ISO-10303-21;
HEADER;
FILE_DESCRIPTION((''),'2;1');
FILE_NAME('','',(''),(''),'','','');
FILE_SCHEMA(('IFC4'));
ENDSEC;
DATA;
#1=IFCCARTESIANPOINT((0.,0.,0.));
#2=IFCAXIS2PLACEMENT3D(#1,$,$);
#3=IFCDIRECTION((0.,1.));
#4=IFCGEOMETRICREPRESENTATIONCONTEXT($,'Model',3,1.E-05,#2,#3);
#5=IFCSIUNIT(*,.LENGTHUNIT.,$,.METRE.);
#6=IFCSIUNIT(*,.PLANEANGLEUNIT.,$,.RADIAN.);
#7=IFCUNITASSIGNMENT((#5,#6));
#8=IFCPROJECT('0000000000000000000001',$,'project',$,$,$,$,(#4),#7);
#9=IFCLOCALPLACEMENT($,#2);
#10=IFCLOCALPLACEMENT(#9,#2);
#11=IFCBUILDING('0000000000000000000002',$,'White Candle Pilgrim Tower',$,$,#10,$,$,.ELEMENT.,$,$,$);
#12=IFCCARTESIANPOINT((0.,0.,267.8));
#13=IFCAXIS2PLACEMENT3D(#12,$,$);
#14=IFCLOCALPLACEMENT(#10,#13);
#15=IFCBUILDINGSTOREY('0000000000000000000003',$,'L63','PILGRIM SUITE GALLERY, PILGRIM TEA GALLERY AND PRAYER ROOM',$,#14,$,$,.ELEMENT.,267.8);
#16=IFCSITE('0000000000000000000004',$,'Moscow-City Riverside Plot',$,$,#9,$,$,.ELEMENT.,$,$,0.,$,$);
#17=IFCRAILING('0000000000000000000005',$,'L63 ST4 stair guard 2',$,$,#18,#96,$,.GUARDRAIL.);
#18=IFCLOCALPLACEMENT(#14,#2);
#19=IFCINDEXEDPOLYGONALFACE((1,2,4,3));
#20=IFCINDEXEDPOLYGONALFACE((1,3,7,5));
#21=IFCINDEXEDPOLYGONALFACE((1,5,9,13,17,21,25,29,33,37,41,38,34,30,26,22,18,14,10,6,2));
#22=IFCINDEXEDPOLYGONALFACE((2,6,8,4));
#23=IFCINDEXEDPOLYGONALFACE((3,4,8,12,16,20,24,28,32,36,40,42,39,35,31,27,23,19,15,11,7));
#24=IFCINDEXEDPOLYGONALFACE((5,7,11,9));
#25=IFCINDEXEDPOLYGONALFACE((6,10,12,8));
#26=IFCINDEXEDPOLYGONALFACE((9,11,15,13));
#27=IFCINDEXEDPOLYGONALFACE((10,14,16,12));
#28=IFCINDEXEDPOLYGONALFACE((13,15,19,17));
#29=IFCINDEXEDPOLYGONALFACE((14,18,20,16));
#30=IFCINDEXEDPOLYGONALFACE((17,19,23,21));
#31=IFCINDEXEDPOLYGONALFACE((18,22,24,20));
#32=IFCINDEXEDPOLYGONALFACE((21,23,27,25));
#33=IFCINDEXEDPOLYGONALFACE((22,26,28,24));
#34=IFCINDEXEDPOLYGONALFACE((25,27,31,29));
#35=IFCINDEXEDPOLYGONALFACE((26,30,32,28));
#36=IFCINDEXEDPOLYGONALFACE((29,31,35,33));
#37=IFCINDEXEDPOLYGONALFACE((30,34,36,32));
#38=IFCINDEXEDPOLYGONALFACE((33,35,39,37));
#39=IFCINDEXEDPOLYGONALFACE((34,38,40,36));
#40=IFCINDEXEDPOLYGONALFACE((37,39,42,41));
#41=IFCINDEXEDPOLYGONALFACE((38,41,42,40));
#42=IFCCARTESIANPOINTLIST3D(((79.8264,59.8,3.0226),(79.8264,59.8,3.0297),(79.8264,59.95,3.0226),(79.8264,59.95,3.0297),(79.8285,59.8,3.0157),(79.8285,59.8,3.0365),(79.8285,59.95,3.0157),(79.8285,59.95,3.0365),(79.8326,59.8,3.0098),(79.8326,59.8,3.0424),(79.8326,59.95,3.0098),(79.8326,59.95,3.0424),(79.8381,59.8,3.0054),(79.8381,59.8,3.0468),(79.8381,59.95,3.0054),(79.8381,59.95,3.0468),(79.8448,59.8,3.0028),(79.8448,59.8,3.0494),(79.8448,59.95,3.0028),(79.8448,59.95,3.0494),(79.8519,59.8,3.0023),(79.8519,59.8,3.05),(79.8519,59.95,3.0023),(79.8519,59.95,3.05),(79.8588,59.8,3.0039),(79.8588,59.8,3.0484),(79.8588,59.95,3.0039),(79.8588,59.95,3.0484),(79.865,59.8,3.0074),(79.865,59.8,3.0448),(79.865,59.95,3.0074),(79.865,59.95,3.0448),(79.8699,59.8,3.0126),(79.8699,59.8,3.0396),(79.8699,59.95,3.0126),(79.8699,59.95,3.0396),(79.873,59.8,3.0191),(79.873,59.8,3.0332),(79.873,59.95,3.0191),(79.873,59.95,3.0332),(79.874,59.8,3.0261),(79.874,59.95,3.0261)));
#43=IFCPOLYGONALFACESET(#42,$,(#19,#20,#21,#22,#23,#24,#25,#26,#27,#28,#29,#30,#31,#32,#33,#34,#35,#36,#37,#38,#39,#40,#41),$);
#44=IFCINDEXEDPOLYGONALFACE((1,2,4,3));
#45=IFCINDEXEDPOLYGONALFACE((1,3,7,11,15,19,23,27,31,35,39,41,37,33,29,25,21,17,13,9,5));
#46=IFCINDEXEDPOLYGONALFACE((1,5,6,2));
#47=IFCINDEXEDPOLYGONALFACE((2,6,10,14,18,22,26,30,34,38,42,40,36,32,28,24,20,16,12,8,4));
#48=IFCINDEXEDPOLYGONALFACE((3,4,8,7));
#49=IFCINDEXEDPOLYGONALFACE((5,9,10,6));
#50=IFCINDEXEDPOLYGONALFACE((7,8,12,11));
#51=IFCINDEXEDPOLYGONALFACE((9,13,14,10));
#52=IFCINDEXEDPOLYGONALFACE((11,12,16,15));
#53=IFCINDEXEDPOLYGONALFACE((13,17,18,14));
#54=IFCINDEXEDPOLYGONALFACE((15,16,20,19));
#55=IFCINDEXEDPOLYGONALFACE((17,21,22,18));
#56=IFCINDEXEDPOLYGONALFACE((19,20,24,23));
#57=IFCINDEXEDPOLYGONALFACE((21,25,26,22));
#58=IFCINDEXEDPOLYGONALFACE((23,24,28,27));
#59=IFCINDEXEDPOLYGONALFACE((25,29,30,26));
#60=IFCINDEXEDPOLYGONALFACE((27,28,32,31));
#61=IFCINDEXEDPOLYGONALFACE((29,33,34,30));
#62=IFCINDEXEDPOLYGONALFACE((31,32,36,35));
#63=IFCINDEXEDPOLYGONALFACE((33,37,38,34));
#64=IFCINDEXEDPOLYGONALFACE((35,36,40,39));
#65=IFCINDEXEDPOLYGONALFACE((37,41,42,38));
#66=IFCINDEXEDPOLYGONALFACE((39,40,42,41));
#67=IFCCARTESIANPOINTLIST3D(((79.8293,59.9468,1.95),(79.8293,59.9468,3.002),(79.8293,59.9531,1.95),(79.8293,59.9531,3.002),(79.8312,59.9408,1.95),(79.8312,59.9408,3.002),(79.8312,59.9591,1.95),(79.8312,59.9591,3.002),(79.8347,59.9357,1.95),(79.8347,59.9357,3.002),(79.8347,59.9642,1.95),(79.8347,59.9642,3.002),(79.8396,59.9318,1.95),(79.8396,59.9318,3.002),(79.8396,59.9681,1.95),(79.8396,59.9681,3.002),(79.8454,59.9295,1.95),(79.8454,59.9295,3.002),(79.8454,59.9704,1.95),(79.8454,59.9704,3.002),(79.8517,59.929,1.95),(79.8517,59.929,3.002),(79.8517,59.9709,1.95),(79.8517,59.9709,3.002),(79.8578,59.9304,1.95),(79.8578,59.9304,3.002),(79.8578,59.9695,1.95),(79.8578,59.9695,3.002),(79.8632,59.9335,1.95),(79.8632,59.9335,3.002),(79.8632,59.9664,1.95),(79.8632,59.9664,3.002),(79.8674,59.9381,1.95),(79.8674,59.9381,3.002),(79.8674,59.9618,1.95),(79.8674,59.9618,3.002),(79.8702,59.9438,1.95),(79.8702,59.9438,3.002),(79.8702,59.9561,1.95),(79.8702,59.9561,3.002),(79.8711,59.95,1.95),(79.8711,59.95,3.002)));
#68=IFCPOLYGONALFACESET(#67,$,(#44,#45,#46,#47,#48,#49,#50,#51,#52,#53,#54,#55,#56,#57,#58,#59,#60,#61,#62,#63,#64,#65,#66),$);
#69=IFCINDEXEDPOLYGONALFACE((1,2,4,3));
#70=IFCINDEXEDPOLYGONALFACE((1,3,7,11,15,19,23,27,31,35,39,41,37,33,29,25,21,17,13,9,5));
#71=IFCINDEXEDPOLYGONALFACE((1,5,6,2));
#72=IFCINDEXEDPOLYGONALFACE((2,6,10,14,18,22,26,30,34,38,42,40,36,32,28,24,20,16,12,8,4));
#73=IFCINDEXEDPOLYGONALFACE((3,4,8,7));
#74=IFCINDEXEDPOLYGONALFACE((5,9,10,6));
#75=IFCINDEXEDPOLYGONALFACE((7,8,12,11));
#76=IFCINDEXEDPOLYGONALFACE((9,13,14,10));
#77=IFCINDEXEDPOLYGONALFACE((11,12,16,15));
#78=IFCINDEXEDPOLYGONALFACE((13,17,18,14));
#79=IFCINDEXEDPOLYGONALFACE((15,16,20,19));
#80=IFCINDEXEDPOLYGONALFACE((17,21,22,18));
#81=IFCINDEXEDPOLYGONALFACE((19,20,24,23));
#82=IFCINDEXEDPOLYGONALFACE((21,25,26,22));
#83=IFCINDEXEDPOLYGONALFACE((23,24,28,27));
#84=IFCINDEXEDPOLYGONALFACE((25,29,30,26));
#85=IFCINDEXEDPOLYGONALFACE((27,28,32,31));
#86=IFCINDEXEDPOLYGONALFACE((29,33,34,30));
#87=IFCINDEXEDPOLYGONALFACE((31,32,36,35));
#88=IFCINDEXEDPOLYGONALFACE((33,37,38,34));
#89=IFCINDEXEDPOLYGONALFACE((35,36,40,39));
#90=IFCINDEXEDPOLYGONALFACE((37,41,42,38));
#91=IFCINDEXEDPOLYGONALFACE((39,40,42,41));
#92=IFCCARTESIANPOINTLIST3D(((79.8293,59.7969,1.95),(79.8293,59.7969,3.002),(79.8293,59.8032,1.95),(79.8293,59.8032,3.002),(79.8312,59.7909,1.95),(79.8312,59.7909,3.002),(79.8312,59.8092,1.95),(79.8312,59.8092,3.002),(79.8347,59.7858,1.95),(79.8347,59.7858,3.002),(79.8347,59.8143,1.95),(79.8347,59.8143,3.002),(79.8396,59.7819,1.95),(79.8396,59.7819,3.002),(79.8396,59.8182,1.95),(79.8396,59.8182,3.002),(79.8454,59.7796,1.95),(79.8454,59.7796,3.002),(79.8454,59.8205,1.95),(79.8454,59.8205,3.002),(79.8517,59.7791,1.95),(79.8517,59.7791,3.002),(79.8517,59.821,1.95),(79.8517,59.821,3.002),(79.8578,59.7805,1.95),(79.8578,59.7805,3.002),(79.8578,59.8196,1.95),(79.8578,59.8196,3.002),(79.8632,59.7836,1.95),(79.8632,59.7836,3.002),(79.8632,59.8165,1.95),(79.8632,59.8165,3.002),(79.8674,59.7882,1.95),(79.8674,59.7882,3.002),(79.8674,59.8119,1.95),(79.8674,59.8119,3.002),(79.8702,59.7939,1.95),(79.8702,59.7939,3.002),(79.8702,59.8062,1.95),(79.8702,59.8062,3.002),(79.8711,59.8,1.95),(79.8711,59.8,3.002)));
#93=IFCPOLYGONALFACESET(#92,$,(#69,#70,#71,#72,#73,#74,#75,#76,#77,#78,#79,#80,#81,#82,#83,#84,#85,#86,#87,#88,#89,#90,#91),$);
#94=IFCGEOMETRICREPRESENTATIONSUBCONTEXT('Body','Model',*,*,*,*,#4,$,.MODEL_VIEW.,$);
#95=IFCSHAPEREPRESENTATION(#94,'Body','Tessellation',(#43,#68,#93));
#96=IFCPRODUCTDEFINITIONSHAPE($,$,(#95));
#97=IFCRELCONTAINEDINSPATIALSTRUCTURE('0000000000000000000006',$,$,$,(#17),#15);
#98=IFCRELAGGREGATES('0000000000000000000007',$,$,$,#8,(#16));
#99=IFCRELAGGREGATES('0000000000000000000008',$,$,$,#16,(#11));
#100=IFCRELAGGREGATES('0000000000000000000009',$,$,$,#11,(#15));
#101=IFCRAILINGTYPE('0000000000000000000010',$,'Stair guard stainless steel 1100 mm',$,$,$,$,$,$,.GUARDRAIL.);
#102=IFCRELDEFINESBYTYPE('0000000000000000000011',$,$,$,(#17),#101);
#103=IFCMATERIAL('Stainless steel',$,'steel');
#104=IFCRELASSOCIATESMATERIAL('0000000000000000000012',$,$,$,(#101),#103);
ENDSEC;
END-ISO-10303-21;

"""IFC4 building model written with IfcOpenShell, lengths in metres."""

from ifc_helpers import new_model, si_unit, direction, frame, origin, origin_2d, place, context, subcontext, project, spatial, circle, extrude, material, type_object, element, save


model = new_model("IFC4")

# Units and contexts
model_context = context("Model", 3, precision=1e-05, world=origin(), true_north=direction((0.0, 1.0)))
body_context = subcontext(model_context, "Body", "Model", "MODEL_VIEW")
ifc_project = project(units=[si_unit("LENGTHUNIT", "METRE"), si_unit("PLANEANGLEUNIT", "RADIAN")], contexts=[model_context])

# Site, building, storey
site_placement = place(None, origin())
site = spatial("IfcSite", under=ifc_project, at=site_placement, Name="Moscow-City Riverside Plot", CompositionType="ELEMENT", RefElevation=0.0)
building_placement = place(site_placement, origin())
building = spatial("IfcBuilding", under=site, at=building_placement, Name="White Candle Pilgrim Tower", CompositionType="ELEMENT")
storey_placement = place(building_placement, frame((0.0, 0.0, 267.8)))
storey = spatial("IfcBuildingStorey", under=building, at=storey_placement, Name="L63", Description="PILGRIM SUITE GALLERY, PILGRIM TEA GALLERY AND PRAYER ROOM", CompositionType="ELEMENT", Elevation=267.8)

# Railing
ifc_material_1 = material(Name="Stainless steel", Category="steel")
railing_type_1 = type_object("IfcRailingType", Name="Stair guard stainless steel 1100 mm", PredefinedType="GUARDRAIL", material=ifc_material_1)
railing_1_placement = place(storey_placement, frame((79.8501, 59.95, 1.95)))
element("IfcRailing", 1, at=railing_1_placement, inside=storey, type_object=railing_type_1, Name="L63 ST4 stair guard 2", PredefinedType="GUARDRAIL", context=body_context, shape_type="SweptSolid", body=[
    extrude(circle(Radius=0.0239, at=origin_2d()), frame((0.0, 0.0, 1.0762), z_axis=(0.0, -1.0, 0.0), x_axis=(1.0, 0.0, 0.0)), (0.0, 0.0, 1.0), 0.1499),
    extrude(circle(Radius=0.021, at=origin_2d()), origin(), (0.0, 0.0, 1.0), 1.052),
    extrude(circle(Radius=0.021, at=origin_2d()), frame((0.0, -0.1499, 0.0)), (0.0, 0.0, 1.0), 1.052),
])

save(model, "model.ifc")
